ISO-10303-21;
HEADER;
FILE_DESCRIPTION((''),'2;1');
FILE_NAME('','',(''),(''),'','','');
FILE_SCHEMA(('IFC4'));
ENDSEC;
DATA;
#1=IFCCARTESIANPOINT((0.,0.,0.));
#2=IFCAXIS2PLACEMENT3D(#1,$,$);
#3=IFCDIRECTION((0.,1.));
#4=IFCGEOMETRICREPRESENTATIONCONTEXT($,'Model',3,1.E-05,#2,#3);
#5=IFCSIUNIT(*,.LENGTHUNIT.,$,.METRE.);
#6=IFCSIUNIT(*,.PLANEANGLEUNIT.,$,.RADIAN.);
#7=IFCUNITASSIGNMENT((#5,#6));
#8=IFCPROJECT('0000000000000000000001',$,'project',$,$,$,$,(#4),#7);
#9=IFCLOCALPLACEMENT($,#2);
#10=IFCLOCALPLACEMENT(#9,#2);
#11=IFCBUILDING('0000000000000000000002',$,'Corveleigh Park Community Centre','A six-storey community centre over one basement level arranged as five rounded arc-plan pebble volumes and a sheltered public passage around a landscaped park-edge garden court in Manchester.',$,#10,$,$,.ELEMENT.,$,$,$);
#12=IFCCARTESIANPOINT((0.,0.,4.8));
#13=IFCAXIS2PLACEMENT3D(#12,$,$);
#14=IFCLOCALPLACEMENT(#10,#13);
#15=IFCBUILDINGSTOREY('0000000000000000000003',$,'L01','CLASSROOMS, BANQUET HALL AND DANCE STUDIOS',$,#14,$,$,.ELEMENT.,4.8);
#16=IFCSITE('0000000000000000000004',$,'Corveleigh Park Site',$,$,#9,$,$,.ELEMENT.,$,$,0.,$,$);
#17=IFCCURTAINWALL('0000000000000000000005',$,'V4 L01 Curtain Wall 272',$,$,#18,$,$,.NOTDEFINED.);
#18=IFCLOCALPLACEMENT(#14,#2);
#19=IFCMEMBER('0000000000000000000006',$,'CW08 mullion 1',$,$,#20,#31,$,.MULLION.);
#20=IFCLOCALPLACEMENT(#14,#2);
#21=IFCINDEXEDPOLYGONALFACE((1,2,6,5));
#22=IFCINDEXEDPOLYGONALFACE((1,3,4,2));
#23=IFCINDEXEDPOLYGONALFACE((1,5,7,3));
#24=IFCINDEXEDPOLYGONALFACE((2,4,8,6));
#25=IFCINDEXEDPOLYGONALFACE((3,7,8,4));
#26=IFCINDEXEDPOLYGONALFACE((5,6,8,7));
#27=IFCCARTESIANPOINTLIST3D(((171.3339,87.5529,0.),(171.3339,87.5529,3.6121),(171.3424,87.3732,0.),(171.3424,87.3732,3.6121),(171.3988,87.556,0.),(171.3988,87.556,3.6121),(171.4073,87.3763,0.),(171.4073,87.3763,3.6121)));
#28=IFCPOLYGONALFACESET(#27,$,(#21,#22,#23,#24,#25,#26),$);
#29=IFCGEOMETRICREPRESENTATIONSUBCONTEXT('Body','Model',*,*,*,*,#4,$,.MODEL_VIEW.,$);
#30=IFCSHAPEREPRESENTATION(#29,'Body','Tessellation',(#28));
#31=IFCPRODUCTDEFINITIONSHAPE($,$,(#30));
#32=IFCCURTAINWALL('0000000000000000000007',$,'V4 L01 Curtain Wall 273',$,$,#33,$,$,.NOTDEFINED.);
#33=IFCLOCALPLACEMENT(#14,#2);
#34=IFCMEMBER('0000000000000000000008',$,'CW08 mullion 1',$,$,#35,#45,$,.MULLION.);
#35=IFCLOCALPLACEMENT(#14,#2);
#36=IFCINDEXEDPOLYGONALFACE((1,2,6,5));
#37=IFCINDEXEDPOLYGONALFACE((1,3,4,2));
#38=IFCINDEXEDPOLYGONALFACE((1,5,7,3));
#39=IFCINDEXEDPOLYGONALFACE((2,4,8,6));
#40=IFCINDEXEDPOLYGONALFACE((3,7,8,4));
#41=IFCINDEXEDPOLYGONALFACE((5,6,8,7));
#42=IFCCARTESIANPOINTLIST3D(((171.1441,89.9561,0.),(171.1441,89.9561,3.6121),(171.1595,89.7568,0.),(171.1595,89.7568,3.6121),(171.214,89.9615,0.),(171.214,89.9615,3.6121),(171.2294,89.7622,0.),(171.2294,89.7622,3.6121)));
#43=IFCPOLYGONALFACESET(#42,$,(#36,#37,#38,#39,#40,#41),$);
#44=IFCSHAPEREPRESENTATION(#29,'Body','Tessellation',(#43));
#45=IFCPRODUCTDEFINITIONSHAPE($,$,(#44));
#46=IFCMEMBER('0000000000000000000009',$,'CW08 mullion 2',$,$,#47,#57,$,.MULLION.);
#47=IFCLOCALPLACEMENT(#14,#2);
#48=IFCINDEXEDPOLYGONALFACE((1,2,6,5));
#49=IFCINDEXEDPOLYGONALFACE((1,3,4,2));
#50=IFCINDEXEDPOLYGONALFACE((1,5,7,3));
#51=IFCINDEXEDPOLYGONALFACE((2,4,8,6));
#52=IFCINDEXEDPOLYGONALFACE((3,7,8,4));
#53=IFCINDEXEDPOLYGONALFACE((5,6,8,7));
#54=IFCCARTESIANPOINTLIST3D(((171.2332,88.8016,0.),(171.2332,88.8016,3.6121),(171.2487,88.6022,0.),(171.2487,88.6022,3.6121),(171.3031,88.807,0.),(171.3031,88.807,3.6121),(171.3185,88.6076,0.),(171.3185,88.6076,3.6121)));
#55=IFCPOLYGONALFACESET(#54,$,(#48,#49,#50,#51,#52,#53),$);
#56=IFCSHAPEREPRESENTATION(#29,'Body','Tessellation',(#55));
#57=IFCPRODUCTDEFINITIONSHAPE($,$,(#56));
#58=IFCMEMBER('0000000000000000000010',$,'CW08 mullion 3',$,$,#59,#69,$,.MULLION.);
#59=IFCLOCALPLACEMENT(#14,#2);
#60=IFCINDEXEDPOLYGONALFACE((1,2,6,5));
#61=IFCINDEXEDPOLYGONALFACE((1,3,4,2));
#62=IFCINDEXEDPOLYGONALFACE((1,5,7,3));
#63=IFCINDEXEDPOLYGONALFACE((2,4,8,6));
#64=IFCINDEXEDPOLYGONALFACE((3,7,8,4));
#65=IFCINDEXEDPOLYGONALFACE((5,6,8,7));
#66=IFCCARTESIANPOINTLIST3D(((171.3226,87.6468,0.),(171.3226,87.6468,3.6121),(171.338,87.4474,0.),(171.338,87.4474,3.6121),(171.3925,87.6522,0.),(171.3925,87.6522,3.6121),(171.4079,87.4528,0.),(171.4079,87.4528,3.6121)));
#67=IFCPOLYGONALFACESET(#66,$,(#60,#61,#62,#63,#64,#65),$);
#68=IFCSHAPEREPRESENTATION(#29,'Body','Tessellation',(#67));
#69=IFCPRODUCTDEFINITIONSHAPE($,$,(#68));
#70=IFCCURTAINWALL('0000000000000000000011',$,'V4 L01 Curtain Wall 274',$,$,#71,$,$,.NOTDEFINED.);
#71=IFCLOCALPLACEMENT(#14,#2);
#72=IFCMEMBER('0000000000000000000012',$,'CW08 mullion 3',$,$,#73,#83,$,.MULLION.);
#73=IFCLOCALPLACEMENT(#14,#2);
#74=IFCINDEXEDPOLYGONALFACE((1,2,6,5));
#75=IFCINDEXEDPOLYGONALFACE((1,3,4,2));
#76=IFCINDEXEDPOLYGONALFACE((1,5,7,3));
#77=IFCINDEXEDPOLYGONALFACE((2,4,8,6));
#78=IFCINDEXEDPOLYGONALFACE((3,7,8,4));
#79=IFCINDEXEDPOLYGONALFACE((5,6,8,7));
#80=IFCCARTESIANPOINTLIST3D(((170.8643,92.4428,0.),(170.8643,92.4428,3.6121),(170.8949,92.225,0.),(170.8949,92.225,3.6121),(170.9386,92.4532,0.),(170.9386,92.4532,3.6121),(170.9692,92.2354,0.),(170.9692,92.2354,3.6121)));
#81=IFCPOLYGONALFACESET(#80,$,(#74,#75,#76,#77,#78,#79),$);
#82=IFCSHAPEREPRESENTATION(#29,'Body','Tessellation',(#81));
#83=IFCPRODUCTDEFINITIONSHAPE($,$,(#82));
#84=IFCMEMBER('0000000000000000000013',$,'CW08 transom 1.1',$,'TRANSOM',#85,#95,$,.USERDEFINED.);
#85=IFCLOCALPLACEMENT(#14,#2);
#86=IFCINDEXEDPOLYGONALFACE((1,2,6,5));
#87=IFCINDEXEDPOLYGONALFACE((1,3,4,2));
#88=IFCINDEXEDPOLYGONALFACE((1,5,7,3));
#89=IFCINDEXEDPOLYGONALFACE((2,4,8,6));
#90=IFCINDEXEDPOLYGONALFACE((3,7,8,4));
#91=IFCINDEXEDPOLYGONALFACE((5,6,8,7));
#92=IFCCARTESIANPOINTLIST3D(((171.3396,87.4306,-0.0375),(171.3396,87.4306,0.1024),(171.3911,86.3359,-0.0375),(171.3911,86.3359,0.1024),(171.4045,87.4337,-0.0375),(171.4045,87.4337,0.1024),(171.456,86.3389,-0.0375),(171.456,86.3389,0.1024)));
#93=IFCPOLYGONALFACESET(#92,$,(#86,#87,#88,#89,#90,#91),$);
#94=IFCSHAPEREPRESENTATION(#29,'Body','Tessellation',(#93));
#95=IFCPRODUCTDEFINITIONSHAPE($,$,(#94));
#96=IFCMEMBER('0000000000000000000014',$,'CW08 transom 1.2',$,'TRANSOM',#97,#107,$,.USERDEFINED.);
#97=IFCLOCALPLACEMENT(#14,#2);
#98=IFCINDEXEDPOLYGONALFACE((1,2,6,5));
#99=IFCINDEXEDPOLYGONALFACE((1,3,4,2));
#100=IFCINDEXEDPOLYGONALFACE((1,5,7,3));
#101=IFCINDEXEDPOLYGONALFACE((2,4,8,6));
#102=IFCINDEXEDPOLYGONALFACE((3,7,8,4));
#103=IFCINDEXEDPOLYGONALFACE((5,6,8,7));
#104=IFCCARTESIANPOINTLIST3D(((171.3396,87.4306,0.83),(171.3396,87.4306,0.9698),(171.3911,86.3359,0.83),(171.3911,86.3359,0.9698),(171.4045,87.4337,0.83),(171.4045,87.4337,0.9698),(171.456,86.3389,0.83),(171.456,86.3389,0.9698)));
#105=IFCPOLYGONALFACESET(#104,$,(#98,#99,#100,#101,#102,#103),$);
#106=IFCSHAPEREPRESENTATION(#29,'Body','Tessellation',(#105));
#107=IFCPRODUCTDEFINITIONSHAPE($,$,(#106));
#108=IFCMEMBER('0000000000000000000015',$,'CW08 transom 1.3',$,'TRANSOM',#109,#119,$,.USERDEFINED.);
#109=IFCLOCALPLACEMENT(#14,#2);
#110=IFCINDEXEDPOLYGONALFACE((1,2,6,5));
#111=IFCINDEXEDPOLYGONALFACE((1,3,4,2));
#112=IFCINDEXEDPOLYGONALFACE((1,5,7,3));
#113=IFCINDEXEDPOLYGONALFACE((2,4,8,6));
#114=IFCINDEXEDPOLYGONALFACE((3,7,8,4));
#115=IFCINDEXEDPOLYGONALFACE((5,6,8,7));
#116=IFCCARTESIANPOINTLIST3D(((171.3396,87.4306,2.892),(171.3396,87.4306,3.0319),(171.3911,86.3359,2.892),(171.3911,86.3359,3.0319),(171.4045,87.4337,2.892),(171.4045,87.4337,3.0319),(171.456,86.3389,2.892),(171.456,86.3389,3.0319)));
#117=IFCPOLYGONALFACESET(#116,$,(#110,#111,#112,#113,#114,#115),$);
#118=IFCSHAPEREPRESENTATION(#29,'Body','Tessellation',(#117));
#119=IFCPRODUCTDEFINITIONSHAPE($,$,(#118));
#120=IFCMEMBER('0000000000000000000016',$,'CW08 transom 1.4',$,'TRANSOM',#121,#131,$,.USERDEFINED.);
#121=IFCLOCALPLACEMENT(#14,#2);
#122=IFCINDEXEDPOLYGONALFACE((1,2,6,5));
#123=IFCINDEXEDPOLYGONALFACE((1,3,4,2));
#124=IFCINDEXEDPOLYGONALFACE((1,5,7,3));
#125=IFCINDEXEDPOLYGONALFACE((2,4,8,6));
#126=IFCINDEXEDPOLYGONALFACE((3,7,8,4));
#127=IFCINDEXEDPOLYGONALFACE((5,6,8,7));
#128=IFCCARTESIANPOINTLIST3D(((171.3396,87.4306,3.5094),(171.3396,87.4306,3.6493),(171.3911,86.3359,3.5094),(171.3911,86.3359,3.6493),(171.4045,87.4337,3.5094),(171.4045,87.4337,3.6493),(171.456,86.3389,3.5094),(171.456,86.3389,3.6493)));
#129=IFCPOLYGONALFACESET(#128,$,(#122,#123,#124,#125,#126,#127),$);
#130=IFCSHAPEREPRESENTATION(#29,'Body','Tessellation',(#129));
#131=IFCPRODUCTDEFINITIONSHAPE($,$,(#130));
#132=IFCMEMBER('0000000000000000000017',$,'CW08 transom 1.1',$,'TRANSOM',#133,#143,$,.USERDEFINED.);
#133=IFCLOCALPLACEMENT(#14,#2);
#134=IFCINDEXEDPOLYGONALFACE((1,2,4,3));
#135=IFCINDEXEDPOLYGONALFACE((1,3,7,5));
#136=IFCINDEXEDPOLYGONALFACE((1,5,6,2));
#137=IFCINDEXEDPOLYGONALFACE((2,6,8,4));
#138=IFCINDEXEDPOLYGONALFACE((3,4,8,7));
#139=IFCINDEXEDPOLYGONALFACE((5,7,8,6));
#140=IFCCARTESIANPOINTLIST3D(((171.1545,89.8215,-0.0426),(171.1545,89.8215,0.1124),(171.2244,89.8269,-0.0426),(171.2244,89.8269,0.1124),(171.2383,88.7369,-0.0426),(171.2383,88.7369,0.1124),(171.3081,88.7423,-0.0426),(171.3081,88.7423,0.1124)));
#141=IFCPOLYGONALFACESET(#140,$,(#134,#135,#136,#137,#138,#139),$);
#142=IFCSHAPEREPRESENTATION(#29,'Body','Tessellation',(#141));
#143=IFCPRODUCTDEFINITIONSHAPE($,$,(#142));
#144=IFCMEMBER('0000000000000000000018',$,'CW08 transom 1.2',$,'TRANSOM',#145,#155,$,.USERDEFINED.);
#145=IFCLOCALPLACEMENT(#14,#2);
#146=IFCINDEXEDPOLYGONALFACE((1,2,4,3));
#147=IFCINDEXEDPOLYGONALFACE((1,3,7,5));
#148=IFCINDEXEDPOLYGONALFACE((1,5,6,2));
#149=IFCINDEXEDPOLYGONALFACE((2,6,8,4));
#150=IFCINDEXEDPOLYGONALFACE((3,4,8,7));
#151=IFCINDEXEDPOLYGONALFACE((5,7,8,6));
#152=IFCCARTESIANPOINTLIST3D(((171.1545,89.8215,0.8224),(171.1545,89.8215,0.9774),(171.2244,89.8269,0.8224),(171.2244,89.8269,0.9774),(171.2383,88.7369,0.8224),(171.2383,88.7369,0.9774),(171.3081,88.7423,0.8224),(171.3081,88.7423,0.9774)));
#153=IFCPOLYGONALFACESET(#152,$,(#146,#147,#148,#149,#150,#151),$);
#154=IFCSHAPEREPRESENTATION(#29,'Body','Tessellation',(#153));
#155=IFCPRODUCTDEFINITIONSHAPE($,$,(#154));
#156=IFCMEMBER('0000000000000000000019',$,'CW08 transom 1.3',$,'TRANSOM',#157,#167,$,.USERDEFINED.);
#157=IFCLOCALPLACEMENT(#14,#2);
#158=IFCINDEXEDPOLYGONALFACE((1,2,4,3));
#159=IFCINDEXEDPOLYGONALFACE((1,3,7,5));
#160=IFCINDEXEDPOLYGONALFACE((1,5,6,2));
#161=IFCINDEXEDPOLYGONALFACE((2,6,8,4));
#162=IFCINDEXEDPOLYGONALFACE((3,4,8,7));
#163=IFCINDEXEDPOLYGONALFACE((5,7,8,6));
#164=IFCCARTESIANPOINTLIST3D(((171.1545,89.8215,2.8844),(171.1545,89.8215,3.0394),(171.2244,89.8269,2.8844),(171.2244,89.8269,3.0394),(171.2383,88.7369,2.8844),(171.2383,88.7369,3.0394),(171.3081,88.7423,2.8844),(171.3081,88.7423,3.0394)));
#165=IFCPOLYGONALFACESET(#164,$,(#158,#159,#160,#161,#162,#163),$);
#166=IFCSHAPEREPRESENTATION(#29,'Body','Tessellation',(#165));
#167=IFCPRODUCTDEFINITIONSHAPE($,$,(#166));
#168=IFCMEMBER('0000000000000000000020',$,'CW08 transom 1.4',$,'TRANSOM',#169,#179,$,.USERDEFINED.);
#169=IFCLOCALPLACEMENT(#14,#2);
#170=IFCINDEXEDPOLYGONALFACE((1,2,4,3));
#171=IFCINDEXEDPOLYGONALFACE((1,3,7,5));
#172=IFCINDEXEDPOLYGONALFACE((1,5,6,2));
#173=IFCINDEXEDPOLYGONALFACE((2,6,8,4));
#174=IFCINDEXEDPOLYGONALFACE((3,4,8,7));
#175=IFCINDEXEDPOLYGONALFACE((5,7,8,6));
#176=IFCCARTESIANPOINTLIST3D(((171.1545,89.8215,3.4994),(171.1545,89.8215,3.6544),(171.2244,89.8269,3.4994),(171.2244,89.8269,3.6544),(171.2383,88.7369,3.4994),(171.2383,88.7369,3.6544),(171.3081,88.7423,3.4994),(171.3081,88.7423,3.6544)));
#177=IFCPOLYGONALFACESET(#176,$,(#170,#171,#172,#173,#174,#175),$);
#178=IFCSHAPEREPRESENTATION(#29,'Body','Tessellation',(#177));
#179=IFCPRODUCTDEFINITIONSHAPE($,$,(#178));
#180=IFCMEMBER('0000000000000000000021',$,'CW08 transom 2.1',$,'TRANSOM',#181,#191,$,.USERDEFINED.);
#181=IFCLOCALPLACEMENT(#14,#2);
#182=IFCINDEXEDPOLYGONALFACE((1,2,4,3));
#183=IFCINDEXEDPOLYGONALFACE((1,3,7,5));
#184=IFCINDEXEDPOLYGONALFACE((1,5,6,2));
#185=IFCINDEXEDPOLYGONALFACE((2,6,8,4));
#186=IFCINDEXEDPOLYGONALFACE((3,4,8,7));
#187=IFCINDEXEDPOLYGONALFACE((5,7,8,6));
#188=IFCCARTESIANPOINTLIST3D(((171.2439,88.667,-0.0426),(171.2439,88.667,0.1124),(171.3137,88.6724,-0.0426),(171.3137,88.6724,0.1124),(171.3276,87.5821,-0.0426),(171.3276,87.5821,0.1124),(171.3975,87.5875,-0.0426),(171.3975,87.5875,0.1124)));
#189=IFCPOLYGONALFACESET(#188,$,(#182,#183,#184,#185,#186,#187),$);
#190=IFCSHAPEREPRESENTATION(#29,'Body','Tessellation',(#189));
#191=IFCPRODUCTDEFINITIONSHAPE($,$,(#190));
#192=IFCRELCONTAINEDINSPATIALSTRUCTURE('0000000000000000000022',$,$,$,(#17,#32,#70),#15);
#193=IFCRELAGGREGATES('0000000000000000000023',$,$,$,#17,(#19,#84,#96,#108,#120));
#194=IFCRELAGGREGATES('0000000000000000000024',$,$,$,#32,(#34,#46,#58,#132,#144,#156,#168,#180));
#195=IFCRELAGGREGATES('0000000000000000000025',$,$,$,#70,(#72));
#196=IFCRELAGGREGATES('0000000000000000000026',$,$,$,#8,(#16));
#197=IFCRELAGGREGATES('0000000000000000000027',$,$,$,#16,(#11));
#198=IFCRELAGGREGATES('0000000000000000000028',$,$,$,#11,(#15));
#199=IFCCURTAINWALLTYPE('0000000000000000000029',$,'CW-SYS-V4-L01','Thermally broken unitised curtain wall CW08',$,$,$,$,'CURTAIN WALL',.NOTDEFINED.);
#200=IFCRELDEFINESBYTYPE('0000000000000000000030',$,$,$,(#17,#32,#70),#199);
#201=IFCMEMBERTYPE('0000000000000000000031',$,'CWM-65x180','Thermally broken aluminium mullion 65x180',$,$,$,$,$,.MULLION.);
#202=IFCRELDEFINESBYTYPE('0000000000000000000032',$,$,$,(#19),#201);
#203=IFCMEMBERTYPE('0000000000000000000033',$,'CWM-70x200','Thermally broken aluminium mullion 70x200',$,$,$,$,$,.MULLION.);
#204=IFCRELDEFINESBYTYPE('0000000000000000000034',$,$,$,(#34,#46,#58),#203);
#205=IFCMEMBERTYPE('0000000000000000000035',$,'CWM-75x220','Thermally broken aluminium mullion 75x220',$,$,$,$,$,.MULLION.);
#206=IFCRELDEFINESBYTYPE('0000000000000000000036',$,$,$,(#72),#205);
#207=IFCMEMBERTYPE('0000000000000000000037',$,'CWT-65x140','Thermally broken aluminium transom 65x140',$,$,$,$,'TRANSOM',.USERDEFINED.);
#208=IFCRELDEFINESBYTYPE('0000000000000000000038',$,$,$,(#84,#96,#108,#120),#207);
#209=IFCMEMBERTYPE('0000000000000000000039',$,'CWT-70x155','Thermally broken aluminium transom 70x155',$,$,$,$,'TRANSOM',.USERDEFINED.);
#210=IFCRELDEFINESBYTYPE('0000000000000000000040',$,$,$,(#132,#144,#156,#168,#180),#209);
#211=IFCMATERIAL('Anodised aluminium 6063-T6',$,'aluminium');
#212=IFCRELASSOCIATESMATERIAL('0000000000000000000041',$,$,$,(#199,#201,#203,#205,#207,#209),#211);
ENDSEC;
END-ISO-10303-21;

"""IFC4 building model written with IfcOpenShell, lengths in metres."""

from ifc_helpers import new_model, si_unit, direction, frame, origin, origin_2d, place, context, subcontext, project, spatial, rectangle, extrude, material, material_profile, profile_set, type_object, element, aggregate, save


model = new_model("IFC4")

# Units and contexts
model_context = context("Model", 3, precision=1e-05, world=origin(), true_north=direction((0.0, 1.0)))
body_context = subcontext(model_context, "Body", "Model", "MODEL_VIEW")
ifc_project = project(units=[si_unit("LENGTHUNIT", "METRE"), si_unit("PLANEANGLEUNIT", "RADIAN")], contexts=[model_context])

# Site, building, storey
site_placement = place(None, origin())
site = spatial("IfcSite", under=ifc_project, at=site_placement, Name="Corveleigh Park Site", CompositionType="ELEMENT", RefElevation=0.0)
building_placement = place(site_placement, origin())
building = spatial("IfcBuilding", under=site, at=building_placement, Name="Corveleigh Park Community Centre", Description="A six-storey community centre over one basement level arranged as five rounded arc-plan pebble volumes and a sheltered public passage around a landscaped park-edge garden court in Manchester.", CompositionType="ELEMENT")
storey_placement = place(building_placement, frame((0.0, 0.0, 4.8)))
storey = spatial("IfcBuildingStorey", under=building, at=storey_placement, Name="L01", Description="CLASSROOMS, BANQUET HALL AND DANCE STUDIOS", CompositionType="ELEMENT", Elevation=4.8)

# Curtain wall, member
ifc_material_1 = material(Name="Anodised aluminium 6063-T6", Category="aluminium")
curtain_wall_type = type_object("IfcCurtainWallType", Name="CW-SYS-V4-L01", Description="Thermally broken unitised curtain wall CW08", ElementType="CURTAIN WALL", PredefinedType="NOTDEFINED", material=ifc_material_1)
curtain_wall_1_placement = place(storey_placement, origin())
curtain_wall_1 = element("IfcCurtainWall", 1, at=curtain_wall_1_placement, inside=storey, type_object=curtain_wall_type, Name="V4 L01 Curtain Wall 272", PredefinedType="NOTDEFINED")
ifc_material_profile_1 = material_profile(ifc_material_1, rectangle(XDim=0.0649, YDim=0.1799, at=origin_2d()), Name="ALU-M65x180", Category="aluminium")
ifc_profile_set_1 = profile_set([ifc_material_profile_1], Name="Anodised aluminium 6063-T6")
member_type_1 = type_object("IfcMemberType", Name="CWM-65x180", Description="Thermally broken aluminium mullion 65x180", PredefinedType="MULLION", material=ifc_profile_set_1)
member_1_placement = place(storey_placement, frame((171.3706, 87.4646, 0.0), z_axis=(0.0, 0.0, 1.0), x_axis=(0.998898, 0.046928, 0.0)))
member_1 = element("IfcMember", 2, at=member_1_placement, type_object=member_type_1, Name="CW08 mullion 1", PredefinedType="MULLION", context=body_context, shape_type="SweptSolid", body=[
    extrude(rectangle(XDim=0.0649, YDim=0.1799, at=origin_2d()), origin(), (0.0, 0.0, 1.0), 3.6121),
])

# Curtain wall, members
curtain_wall_2_placement = place(storey_placement, origin())
curtain_wall_2 = element("IfcCurtainWall", 3, at=curtain_wall_2_placement, inside=storey, type_object=curtain_wall_type, Name="V4 L01 Curtain Wall 273", PredefinedType="NOTDEFINED")
ifc_material_profile_2 = material_profile(ifc_material_1, rectangle(XDim=0.0701, YDim=0.2, at=origin_2d()), Name="ALU-M70x200", Category="aluminium")
ifc_profile_set_2 = profile_set([ifc_material_profile_2], Name="Anodised aluminium 6063-T6")
member_type_2 = type_object("IfcMemberType", Name="CWM-70x200", Description="Thermally broken aluminium mullion 70x200", PredefinedType="MULLION", material=ifc_profile_set_2)
member_2_placement = place(storey_placement, frame((171.1868, 89.8591, 0.0), z_axis=(0.0, 0.0, 1.0), x_axis=(0.997022, 0.077113, 0.0)))
member_2 = element("IfcMember", 4, at=member_2_placement, type_object=member_type_2, Name="CW08 mullion 1", PredefinedType="MULLION", context=body_context, shape_type="SweptSolid", body=[
    extrude(rectangle(XDim=0.0701, YDim=0.2, at=origin_2d()), origin(), (0.0, 0.0, 1.0), 3.6121),
])
member_3_placement = place(storey_placement, frame((171.2759, 88.7046, 0.0), z_axis=(0.0, 0.0, 1.0), x_axis=(0.997022, 0.077113, 0.0)))
member_3 = element("IfcMember", 5, at=member_3_placement, type_object=member_type_2, Name="CW08 mullion 2", PredefinedType="MULLION", context=body_context, shape_type="SweptSolid", body=[
    extrude(rectangle(XDim=0.0701, YDim=0.2, at=origin_2d()), origin(), (0.0, 0.0, 1.0), 3.6121),
])
member_4_placement = place(storey_placement, frame((171.3652, 87.5498, 0.0), z_axis=(0.0, 0.0, 1.0), x_axis=(0.997022, 0.077113, 0.0)))
member_4 = element("IfcMember", 6, at=member_4_placement, type_object=member_type_2, Name="CW08 mullion 3", PredefinedType="MULLION", context=body_context, shape_type="SweptSolid", body=[
    extrude(rectangle(XDim=0.0701, YDim=0.2, at=origin_2d()), origin(), (0.0, 0.0, 1.0), 3.6121),
])

# Curtain wall, member
curtain_wall_3_placement = place(storey_placement, origin())
curtain_wall_3 = element("IfcCurtainWall", 7, at=curtain_wall_3_placement, inside=storey, type_object=curtain_wall_type, Name="V4 L01 Curtain Wall 274", PredefinedType="NOTDEFINED")
ifc_material_profile_3 = material_profile(ifc_material_1, rectangle(XDim=0.075, YDim=0.22, at=origin_2d()), Name="ALU-M75x220", Category="aluminium")
ifc_profile_set_3 = profile_set([ifc_material_profile_3], Name="Anodised aluminium 6063-T6")
member_type_3 = type_object("IfcMemberType", Name="CWM-75x220", Description="Thermally broken aluminium mullion 75x220", PredefinedType="MULLION", material=ifc_profile_set_3)
member_5_placement = place(storey_placement, frame((170.9167, 92.3391, 0.0), z_axis=(0.0, 0.0, 1.0), x_axis=(0.990282, 0.139075, 0.0)))
member_5 = element("IfcMember", 8, at=member_5_placement, type_object=member_type_3, Name="CW08 mullion 3", PredefinedType="MULLION", context=body_context, shape_type="SweptSolid", body=[
    extrude(rectangle(XDim=0.075, YDim=0.22, at=origin_2d()), origin(), (0.0, 0.0, 1.0), 3.6121),
])

# Members
ifc_material_profile_4 = material_profile(ifc_material_1, rectangle(XDim=0.0649, YDim=0.1399, at=origin_2d()), Name="ALU-T65x140", Category="aluminium")
ifc_profile_set_4 = profile_set([ifc_material_profile_4], Name="Anodised aluminium 6063-T6")
member_type_4 = type_object("IfcMemberType", Name="CWT-65x140", Description="Thermally broken aluminium transom 65x140", ElementType="TRANSOM", PredefinedType="USERDEFINED", material=ifc_profile_set_4)
member_6_placement = place(storey_placement, frame((171.3721, 87.4321, 0.0325), z_axis=(0.047004, -0.998895, 0.0), x_axis=(0.998895, 0.047004, 0.0)))
member_6 = element("IfcMember", 9, at=member_6_placement, type_object=member_type_4, Name="CW08 transom 1.1", ObjectType="TRANSOM", PredefinedType="USERDEFINED", context=body_context, shape_type="SweptSolid", body=[
    extrude(rectangle(XDim=0.0649, YDim=0.1399, at=origin_2d()), origin(), (0.0, 0.0, 1.0), 1.0959),
])
member_7_placement = place(storey_placement, frame((171.3721, 87.4321, 0.8999), z_axis=(0.047004, -0.998895, 0.0), x_axis=(0.998895, 0.047004, 0.0)))
member_7 = element("IfcMember", 10, at=member_7_placement, type_object=member_type_4, Name="CW08 transom 1.2", ObjectType="TRANSOM", PredefinedType="USERDEFINED", context=body_context, shape_type="SweptSolid", body=[
    extrude(rectangle(XDim=0.0649, YDim=0.1399, at=origin_2d()), origin(), (0.0, 0.0, 1.0), 1.0959),
])
member_8_placement = place(storey_placement, frame((171.3721, 87.4321, 2.9619), z_axis=(0.047004, -0.998895, 0.0), x_axis=(0.998895, 0.047004, 0.0)))
member_8 = element("IfcMember", 11, at=member_8_placement, type_object=member_type_4, Name="CW08 transom 1.3", ObjectType="TRANSOM", PredefinedType="USERDEFINED", context=body_context, shape_type="SweptSolid", body=[
    extrude(rectangle(XDim=0.0649, YDim=0.1399, at=origin_2d()), origin(), (0.0, 0.0, 1.0), 1.0959),
])
member_9_placement = place(storey_placement, frame((171.3721, 87.4321, 3.5793), z_axis=(0.047004, -0.998895, 0.0), x_axis=(0.998895, 0.047004, 0.0)))
member_9 = element("IfcMember", 12, at=member_9_placement, type_object=member_type_4, Name="CW08 transom 1.4", ObjectType="TRANSOM", PredefinedType="USERDEFINED", context=body_context, shape_type="SweptSolid", body=[
    extrude(rectangle(XDim=0.0649, YDim=0.1399, at=origin_2d()), origin(), (0.0, 0.0, 1.0), 1.0959),
])
ifc_material_profile_5 = material_profile(ifc_material_1, rectangle(XDim=0.0701, YDim=0.155, at=origin_2d()), Name="ALU-T70x155", Category="aluminium")
ifc_profile_set_5 = profile_set([ifc_material_profile_5], Name="Anodised aluminium 6063-T6")
member_type_5 = type_object("IfcMemberType", Name="CWT-70x155", Description="Thermally broken aluminium transom 70x155", ElementType="TRANSOM", PredefinedType="USERDEFINED", material=ifc_profile_set_5)
member_10_placement = place(storey_placement, frame((171.1895, 89.8242, 0.0349), z_axis=(0.076971, -0.997033, 0.0), x_axis=(0.997033, 0.076971, 0.0)))
member_10 = element("IfcMember", 13, at=member_10_placement, type_object=member_type_5, Name="CW08 transom 1.1", ObjectType="TRANSOM", PredefinedType="USERDEFINED", context=body_context, shape_type="SweptSolid", body=[
    extrude(rectangle(XDim=0.0701, YDim=0.155, at=origin_2d()), origin(), (0.0, 0.0, 1.0), 1.0879),
])
member_11_placement = place(storey_placement, frame((171.1895, 89.8242, 0.8999), z_axis=(0.076971, -0.997033, 0.0), x_axis=(0.997033, 0.076971, 0.0)))
member_11 = element("IfcMember", 14, at=member_11_placement, type_object=member_type_5, Name="CW08 transom 1.2", ObjectType="TRANSOM", PredefinedType="USERDEFINED", context=body_context, shape_type="SweptSolid", body=[
    extrude(rectangle(XDim=0.0701, YDim=0.155, at=origin_2d()), origin(), (0.0, 0.0, 1.0), 1.0879),
])
member_12_placement = place(storey_placement, frame((171.1895, 89.8242, 2.9619), z_axis=(0.076971, -0.997033, 0.0), x_axis=(0.997033, 0.076971, 0.0)))
member_12 = element("IfcMember", 15, at=member_12_placement, type_object=member_type_5, Name="CW08 transom 1.3", ObjectType="TRANSOM", PredefinedType="USERDEFINED", context=body_context, shape_type="SweptSolid", body=[
    extrude(rectangle(XDim=0.0701, YDim=0.155, at=origin_2d()), origin(), (0.0, 0.0, 1.0), 1.0879),
])
member_13_placement = place(storey_placement, frame((171.1895, 89.8242, 3.5769), z_axis=(0.076971, -0.997033, 0.0), x_axis=(0.997033, 0.076971, 0.0)))
member_13 = element("IfcMember", 16, at=member_13_placement, type_object=member_type_5, Name="CW08 transom 1.4", ObjectType="TRANSOM", PredefinedType="USERDEFINED", context=body_context, shape_type="SweptSolid", body=[
    extrude(rectangle(XDim=0.0701, YDim=0.155, at=origin_2d()), origin(), (0.0, 0.0, 1.0), 1.0879),
])
member_14_placement = place(storey_placement, frame((171.2788, 88.6697, 0.0349), z_axis=(0.076954, -0.997035, 0.0), x_axis=(0.997035, 0.076954, 0.0)))
member_14 = element("IfcMember", 17, at=member_14_placement, type_object=member_type_5, Name="CW08 transom 2.1", ObjectType="TRANSOM", PredefinedType="USERDEFINED", context=body_context, shape_type="SweptSolid", body=[
    extrude(rectangle(XDim=0.0701, YDim=0.155, at=origin_2d()), origin(), (0.0, 0.0, 1.0), 1.0881),
])

aggregate(curtain_wall_1, [member_1, member_6, member_7, member_8, member_9])
aggregate(curtain_wall_2, [member_2, member_3, member_4, member_10, member_11, member_12, member_13, member_14])
aggregate(curtain_wall_3, [member_5])

save(model, "model.ifc")
